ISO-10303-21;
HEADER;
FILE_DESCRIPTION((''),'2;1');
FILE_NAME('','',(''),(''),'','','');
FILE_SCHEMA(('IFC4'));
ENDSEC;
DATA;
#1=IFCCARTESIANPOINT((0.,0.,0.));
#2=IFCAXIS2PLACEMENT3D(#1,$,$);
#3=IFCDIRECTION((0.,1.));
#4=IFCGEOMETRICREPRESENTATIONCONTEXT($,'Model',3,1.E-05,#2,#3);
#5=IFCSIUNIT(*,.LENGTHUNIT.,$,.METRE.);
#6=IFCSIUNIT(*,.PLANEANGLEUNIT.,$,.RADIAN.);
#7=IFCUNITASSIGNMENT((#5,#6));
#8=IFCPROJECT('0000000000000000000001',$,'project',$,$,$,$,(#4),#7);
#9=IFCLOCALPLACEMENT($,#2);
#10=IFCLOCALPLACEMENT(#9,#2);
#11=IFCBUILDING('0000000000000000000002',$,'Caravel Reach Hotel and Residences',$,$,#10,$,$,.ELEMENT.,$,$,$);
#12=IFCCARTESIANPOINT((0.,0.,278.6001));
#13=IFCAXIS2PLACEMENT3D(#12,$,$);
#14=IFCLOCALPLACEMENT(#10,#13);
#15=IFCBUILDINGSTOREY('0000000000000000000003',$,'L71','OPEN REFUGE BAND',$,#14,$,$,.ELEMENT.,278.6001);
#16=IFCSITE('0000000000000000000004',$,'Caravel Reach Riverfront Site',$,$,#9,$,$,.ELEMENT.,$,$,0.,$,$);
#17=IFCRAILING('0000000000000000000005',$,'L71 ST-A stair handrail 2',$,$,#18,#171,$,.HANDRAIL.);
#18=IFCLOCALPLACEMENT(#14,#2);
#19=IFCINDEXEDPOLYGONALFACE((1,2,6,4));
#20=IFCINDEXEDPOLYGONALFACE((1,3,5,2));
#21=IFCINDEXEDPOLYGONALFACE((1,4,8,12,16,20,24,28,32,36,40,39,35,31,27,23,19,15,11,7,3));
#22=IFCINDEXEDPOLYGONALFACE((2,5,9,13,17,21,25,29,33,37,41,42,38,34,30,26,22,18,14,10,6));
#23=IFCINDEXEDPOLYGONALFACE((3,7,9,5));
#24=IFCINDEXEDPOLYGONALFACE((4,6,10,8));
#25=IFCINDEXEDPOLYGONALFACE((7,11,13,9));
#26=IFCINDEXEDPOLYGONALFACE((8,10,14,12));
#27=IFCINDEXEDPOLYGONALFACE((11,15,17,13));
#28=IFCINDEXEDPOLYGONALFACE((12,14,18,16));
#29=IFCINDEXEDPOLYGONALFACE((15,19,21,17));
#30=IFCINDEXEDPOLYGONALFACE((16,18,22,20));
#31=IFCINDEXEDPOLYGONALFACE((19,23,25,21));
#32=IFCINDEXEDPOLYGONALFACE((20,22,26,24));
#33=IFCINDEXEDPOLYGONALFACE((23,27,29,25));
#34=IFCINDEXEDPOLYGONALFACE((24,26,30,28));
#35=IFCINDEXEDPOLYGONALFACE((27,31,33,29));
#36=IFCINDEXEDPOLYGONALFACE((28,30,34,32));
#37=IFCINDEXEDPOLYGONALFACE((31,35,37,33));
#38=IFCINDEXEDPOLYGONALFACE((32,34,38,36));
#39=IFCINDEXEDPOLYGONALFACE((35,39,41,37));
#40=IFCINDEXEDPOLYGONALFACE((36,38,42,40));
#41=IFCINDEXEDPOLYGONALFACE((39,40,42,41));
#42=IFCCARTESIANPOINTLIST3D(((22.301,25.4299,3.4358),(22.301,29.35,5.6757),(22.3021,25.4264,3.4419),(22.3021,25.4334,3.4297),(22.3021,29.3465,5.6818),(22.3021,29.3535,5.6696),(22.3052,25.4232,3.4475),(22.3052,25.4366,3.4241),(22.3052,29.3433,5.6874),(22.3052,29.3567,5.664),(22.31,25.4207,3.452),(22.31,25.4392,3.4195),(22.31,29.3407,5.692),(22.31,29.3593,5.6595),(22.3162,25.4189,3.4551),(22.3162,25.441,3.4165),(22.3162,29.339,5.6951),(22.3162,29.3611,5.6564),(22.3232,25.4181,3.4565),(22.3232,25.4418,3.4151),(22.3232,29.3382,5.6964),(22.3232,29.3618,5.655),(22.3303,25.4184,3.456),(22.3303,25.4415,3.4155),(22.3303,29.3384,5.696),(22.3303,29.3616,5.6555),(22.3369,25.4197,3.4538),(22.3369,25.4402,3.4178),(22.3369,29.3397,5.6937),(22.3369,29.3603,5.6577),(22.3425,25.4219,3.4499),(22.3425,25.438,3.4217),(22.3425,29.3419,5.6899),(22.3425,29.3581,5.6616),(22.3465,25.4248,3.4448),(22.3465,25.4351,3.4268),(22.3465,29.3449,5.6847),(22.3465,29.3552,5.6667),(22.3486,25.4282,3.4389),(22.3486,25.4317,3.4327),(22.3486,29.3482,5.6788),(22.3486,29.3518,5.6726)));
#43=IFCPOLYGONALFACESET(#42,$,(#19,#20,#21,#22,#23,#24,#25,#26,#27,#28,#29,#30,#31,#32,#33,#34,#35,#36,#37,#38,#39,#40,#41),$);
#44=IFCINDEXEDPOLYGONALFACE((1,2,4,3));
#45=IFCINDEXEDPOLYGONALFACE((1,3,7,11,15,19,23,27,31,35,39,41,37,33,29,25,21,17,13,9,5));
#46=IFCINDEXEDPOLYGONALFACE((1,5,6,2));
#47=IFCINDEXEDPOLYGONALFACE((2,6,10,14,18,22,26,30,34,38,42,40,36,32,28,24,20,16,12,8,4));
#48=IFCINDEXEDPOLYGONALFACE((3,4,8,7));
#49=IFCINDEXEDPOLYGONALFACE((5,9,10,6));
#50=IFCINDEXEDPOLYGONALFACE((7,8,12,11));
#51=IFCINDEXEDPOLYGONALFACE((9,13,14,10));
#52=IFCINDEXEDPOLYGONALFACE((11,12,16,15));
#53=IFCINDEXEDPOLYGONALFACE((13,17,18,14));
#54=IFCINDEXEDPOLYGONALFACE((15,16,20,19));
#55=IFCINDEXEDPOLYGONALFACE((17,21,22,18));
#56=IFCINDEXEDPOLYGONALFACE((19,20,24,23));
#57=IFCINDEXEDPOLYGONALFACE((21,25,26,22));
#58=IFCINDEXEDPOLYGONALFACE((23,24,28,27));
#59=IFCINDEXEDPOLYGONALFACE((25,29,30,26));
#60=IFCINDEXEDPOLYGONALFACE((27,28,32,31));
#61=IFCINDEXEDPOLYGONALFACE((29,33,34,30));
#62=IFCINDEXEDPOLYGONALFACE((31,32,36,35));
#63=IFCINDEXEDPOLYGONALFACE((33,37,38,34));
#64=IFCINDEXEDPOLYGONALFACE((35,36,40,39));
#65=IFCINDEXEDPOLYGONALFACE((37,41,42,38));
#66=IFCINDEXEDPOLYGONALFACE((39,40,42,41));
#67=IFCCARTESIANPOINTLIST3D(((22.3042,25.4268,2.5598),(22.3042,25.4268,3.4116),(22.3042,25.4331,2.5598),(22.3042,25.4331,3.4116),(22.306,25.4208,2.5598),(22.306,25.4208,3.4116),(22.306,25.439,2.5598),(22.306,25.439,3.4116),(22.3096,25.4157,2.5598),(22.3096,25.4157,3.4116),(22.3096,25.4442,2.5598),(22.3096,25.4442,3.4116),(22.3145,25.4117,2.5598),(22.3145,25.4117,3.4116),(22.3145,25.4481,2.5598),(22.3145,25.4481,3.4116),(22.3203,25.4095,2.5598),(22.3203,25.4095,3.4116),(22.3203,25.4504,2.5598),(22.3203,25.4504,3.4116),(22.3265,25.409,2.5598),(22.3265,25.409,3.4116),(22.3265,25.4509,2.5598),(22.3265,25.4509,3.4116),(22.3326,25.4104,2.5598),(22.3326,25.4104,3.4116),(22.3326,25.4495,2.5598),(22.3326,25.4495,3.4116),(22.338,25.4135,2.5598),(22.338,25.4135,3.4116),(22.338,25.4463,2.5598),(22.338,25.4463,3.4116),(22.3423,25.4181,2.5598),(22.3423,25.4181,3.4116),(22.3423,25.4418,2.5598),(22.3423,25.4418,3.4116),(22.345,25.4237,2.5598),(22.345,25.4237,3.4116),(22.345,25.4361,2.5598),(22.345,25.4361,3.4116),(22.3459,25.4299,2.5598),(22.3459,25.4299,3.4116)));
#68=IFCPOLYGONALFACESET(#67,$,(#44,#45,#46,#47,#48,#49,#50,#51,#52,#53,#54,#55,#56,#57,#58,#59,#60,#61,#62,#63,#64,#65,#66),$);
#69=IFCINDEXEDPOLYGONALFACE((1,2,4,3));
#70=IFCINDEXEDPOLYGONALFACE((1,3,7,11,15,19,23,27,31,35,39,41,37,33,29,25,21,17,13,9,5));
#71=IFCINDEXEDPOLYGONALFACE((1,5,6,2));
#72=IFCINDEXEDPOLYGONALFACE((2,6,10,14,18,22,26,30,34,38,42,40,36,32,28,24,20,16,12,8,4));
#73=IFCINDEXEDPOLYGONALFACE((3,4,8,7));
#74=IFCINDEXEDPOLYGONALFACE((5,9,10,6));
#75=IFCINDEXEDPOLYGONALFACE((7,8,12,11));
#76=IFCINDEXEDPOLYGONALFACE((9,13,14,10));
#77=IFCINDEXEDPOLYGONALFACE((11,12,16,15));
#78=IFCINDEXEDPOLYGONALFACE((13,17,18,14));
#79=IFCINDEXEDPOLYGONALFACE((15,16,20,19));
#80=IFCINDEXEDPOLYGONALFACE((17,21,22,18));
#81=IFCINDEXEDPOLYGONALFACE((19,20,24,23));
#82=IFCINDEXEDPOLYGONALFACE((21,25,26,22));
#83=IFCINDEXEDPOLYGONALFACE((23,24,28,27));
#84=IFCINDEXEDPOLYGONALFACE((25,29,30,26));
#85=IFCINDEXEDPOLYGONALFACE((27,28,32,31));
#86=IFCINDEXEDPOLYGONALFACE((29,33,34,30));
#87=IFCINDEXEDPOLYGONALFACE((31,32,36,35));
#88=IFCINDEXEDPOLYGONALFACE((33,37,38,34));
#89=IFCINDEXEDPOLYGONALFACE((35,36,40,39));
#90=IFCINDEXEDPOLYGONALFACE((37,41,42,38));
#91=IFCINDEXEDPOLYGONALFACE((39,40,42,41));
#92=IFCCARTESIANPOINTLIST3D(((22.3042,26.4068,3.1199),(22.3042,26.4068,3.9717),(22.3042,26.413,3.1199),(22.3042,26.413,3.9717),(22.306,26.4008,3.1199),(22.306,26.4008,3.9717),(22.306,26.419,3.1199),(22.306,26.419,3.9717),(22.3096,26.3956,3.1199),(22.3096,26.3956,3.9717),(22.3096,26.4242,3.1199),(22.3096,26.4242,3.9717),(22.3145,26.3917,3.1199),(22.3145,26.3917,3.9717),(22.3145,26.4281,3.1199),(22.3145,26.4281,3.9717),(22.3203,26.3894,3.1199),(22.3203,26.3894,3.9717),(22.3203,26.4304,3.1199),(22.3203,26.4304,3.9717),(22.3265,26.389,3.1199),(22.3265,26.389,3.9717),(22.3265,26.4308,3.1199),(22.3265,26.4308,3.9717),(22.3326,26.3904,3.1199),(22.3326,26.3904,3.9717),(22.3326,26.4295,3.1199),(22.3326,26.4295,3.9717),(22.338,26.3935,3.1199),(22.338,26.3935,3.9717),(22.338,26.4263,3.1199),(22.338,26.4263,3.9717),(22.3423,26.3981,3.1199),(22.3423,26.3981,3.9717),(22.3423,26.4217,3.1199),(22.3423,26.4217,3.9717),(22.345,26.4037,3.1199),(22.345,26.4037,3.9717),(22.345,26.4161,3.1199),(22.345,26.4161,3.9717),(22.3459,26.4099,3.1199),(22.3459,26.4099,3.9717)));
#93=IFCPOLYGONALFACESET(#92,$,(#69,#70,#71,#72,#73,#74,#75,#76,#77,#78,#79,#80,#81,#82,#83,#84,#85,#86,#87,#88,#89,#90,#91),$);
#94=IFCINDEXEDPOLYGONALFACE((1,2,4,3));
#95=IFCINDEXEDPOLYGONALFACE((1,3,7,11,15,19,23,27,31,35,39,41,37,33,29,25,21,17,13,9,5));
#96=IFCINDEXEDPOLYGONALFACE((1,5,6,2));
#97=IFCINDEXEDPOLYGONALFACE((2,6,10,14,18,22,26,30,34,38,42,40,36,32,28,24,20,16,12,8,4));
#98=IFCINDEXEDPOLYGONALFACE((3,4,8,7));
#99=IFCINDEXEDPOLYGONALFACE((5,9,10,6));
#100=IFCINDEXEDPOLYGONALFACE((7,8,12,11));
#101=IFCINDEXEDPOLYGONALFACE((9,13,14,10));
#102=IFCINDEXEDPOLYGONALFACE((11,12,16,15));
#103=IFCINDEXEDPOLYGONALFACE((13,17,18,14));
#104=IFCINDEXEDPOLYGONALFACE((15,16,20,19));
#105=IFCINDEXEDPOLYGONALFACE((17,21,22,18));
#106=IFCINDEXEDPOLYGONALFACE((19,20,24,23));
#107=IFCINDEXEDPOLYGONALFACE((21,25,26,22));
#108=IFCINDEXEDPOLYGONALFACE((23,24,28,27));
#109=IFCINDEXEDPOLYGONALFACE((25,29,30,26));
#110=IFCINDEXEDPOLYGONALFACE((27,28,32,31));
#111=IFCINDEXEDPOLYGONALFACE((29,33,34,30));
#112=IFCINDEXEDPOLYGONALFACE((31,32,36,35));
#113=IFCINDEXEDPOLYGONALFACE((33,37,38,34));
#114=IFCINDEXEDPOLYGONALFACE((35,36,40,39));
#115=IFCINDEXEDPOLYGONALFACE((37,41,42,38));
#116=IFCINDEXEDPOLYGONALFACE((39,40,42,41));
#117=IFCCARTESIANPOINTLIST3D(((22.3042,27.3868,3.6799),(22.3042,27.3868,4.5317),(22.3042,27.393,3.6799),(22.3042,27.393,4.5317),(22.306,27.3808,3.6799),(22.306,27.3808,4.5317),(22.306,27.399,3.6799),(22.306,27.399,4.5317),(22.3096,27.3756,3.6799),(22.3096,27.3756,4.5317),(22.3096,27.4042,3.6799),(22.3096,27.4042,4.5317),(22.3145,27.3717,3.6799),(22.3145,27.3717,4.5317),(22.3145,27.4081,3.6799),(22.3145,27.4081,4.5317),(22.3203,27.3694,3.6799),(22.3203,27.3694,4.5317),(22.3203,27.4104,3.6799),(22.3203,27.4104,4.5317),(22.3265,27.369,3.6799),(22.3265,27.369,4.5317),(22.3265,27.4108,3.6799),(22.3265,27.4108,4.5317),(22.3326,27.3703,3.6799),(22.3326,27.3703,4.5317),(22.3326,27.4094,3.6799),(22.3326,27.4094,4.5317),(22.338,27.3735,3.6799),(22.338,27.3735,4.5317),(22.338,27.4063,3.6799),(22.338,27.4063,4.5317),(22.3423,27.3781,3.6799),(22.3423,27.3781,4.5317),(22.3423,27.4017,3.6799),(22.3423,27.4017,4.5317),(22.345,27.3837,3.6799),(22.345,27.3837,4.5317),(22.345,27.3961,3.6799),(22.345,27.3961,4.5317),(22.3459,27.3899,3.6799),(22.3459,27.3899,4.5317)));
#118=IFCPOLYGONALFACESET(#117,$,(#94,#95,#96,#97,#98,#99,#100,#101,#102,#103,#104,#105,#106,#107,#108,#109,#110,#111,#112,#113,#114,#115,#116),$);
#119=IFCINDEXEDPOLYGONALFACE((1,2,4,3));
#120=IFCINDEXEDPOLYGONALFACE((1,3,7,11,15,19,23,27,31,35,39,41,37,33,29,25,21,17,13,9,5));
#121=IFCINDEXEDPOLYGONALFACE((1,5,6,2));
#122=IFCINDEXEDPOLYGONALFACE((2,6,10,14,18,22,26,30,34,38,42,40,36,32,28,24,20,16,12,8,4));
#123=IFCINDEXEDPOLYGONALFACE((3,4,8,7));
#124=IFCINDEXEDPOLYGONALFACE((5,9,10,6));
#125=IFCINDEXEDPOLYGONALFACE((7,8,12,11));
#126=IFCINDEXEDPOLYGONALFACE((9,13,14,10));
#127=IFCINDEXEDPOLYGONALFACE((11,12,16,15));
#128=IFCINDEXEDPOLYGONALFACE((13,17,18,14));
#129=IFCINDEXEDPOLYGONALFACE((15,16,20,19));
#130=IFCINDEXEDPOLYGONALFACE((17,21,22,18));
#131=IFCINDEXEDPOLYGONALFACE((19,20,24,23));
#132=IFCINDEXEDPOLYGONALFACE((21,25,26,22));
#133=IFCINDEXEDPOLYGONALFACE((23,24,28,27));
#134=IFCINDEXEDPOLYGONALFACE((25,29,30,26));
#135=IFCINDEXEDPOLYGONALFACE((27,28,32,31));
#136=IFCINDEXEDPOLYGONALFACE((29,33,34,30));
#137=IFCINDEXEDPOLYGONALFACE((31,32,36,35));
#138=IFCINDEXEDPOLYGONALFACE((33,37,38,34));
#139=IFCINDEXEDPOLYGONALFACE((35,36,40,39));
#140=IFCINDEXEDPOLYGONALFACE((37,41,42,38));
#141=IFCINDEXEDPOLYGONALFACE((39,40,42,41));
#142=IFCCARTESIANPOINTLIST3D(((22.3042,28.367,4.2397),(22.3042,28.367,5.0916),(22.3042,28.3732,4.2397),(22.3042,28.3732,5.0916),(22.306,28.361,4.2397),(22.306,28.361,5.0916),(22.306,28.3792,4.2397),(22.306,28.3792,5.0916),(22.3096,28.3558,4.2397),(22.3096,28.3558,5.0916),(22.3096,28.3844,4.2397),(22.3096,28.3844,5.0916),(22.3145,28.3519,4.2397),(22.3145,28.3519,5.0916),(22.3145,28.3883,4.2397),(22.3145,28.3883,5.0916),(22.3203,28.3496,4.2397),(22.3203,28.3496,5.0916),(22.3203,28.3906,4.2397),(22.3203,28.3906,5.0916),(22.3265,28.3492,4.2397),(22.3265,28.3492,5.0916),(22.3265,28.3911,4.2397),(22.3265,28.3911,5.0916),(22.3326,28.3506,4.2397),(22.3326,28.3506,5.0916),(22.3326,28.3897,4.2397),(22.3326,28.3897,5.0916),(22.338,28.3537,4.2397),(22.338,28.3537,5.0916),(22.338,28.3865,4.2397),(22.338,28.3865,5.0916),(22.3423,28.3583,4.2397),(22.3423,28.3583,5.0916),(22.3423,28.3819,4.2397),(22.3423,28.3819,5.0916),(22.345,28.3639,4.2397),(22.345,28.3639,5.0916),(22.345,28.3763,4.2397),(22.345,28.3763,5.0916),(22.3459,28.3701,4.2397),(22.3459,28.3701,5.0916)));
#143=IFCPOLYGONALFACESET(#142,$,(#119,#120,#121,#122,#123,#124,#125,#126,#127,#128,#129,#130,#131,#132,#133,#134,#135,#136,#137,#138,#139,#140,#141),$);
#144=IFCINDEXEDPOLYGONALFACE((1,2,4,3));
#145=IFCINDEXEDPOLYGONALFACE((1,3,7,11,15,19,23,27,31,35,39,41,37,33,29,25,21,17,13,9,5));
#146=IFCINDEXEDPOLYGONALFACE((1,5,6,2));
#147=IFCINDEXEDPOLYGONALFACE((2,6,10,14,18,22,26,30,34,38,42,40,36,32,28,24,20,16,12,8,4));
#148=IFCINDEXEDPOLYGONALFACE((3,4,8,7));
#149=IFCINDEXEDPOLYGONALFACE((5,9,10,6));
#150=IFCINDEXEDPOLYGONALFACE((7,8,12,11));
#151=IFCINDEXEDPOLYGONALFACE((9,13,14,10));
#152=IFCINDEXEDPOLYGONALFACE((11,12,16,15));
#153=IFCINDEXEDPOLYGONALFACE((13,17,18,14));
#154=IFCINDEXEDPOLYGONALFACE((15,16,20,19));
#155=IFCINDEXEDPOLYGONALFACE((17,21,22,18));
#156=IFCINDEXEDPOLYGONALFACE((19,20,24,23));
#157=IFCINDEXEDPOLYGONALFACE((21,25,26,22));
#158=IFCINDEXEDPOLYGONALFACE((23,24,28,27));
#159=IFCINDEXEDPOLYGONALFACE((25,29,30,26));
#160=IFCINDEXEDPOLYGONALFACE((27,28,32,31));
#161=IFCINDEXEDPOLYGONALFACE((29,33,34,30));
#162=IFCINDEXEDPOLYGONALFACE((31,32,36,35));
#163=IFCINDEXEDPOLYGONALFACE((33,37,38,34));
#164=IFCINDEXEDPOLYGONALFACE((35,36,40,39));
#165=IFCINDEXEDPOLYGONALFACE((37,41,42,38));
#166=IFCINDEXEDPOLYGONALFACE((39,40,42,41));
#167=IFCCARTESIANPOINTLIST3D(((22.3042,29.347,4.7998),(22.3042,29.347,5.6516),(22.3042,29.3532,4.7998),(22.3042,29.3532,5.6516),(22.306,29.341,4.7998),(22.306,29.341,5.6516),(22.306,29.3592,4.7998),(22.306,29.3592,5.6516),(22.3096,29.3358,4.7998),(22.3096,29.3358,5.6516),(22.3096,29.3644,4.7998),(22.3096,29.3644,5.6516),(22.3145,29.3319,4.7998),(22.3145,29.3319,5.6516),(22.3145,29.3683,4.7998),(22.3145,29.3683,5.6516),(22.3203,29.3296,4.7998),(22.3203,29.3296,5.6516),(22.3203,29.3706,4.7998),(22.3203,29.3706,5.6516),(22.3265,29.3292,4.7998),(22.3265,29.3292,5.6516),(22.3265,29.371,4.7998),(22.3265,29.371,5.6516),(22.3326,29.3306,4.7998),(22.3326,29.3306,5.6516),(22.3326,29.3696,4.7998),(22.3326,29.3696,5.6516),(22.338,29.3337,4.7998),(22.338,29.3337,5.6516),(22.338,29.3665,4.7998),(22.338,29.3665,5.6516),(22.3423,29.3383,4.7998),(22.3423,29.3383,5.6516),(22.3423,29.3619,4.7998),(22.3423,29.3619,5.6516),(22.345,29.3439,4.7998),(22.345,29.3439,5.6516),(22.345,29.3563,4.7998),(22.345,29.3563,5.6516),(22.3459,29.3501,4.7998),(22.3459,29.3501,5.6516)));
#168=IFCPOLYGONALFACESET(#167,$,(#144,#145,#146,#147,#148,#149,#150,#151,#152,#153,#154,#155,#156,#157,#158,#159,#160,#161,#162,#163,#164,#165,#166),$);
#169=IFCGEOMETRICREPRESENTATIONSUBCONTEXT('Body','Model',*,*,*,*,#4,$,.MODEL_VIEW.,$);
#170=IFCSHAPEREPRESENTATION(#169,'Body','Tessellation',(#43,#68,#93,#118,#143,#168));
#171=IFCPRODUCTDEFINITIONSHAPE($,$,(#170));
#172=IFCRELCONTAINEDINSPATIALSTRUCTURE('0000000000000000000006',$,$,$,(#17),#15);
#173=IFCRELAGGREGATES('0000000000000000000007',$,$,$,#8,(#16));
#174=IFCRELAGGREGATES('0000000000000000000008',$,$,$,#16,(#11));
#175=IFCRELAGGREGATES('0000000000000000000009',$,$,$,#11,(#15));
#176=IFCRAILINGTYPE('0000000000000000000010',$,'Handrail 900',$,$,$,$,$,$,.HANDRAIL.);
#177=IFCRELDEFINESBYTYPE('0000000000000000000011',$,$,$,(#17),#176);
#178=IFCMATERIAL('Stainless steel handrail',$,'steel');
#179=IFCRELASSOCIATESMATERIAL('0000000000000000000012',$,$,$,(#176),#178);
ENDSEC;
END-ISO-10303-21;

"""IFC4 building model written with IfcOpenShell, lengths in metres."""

from ifc_helpers import new_model, si_unit, direction, frame, origin, origin_2d, place, context, subcontext, project, spatial, circle, extrude, material, type_object, element, save


model = new_model("IFC4")

# Units and contexts
model_context = context("Model", 3, precision=1e-05, world=origin(), true_north=direction((0.0, 1.0)))
body_context = subcontext(model_context, "Body", "Model", "MODEL_VIEW")
ifc_project = project(units=[si_unit("LENGTHUNIT", "METRE"), si_unit("PLANEANGLEUNIT", "RADIAN")], contexts=[model_context])

# Site, building, storey
site_placement = place(None, origin())
site = spatial("IfcSite", under=ifc_project, at=site_placement, Name="Caravel Reach Riverfront Site", CompositionType="ELEMENT", RefElevation=0.0)
building_placement = place(site_placement, origin())
building = spatial("IfcBuilding", under=site, at=building_placement, Name="Caravel Reach Hotel and Residences", CompositionType="ELEMENT")
storey_placement = place(building_placement, frame((0.0, 0.0, 278.6001)))
storey = spatial("IfcBuildingStorey", under=building, at=storey_placement, Name="L71", Description="OPEN REFUGE BAND", CompositionType="ELEMENT", Elevation=278.6001)

# Railing
ifc_material_1 = material(Name="Stainless steel handrail", Category="steel")
railing_type_1 = type_object("IfcRailingType", Name="Handrail 900", PredefinedType="HANDRAIL", material=ifc_material_1)
railing_1_placement = place(storey_placement, frame((22.325, 25.4299, 2.5598)))
element("IfcRailing", 1, at=railing_1_placement, inside=storey, type_object=railing_type_1, Name="L71 ST-A stair handrail 2", PredefinedType="HANDRAIL", context=body_context, shape_type="SweptSolid", body=[
    extrude(circle(Radius=0.0239, at=origin_2d()), frame((0.0, 0.0, 0.876), z_axis=(0.0, 0.868253, 0.496121), x_axis=(-1.0, 0.0, 0.0)), (0.0, 0.0, 1.0), 4.5149),
    extrude(circle(Radius=0.021, at=origin_2d()), origin(), (0.0, 0.0, 1.0), 0.8518),
    extrude(circle(Radius=0.021, at=origin_2d()), frame((0.0, 0.98, 0.5601)), (0.0, 0.0, 1.0), 0.8518),
    extrude(circle(Radius=0.021, at=origin_2d()), frame((0.0, 1.96, 1.1201)), (0.0, 0.0, 1.0), 0.8518),
    extrude(circle(Radius=0.021, at=origin_2d()), frame((0.0, 2.9402, 1.6799)), (0.0, 0.0, 1.0), 0.8518),
    extrude(circle(Radius=0.021, at=origin_2d()), frame((0.0, 3.9202, 2.24)), (0.0, 0.0, 1.0), 0.8518),
])

save(model, "model.ifc")
